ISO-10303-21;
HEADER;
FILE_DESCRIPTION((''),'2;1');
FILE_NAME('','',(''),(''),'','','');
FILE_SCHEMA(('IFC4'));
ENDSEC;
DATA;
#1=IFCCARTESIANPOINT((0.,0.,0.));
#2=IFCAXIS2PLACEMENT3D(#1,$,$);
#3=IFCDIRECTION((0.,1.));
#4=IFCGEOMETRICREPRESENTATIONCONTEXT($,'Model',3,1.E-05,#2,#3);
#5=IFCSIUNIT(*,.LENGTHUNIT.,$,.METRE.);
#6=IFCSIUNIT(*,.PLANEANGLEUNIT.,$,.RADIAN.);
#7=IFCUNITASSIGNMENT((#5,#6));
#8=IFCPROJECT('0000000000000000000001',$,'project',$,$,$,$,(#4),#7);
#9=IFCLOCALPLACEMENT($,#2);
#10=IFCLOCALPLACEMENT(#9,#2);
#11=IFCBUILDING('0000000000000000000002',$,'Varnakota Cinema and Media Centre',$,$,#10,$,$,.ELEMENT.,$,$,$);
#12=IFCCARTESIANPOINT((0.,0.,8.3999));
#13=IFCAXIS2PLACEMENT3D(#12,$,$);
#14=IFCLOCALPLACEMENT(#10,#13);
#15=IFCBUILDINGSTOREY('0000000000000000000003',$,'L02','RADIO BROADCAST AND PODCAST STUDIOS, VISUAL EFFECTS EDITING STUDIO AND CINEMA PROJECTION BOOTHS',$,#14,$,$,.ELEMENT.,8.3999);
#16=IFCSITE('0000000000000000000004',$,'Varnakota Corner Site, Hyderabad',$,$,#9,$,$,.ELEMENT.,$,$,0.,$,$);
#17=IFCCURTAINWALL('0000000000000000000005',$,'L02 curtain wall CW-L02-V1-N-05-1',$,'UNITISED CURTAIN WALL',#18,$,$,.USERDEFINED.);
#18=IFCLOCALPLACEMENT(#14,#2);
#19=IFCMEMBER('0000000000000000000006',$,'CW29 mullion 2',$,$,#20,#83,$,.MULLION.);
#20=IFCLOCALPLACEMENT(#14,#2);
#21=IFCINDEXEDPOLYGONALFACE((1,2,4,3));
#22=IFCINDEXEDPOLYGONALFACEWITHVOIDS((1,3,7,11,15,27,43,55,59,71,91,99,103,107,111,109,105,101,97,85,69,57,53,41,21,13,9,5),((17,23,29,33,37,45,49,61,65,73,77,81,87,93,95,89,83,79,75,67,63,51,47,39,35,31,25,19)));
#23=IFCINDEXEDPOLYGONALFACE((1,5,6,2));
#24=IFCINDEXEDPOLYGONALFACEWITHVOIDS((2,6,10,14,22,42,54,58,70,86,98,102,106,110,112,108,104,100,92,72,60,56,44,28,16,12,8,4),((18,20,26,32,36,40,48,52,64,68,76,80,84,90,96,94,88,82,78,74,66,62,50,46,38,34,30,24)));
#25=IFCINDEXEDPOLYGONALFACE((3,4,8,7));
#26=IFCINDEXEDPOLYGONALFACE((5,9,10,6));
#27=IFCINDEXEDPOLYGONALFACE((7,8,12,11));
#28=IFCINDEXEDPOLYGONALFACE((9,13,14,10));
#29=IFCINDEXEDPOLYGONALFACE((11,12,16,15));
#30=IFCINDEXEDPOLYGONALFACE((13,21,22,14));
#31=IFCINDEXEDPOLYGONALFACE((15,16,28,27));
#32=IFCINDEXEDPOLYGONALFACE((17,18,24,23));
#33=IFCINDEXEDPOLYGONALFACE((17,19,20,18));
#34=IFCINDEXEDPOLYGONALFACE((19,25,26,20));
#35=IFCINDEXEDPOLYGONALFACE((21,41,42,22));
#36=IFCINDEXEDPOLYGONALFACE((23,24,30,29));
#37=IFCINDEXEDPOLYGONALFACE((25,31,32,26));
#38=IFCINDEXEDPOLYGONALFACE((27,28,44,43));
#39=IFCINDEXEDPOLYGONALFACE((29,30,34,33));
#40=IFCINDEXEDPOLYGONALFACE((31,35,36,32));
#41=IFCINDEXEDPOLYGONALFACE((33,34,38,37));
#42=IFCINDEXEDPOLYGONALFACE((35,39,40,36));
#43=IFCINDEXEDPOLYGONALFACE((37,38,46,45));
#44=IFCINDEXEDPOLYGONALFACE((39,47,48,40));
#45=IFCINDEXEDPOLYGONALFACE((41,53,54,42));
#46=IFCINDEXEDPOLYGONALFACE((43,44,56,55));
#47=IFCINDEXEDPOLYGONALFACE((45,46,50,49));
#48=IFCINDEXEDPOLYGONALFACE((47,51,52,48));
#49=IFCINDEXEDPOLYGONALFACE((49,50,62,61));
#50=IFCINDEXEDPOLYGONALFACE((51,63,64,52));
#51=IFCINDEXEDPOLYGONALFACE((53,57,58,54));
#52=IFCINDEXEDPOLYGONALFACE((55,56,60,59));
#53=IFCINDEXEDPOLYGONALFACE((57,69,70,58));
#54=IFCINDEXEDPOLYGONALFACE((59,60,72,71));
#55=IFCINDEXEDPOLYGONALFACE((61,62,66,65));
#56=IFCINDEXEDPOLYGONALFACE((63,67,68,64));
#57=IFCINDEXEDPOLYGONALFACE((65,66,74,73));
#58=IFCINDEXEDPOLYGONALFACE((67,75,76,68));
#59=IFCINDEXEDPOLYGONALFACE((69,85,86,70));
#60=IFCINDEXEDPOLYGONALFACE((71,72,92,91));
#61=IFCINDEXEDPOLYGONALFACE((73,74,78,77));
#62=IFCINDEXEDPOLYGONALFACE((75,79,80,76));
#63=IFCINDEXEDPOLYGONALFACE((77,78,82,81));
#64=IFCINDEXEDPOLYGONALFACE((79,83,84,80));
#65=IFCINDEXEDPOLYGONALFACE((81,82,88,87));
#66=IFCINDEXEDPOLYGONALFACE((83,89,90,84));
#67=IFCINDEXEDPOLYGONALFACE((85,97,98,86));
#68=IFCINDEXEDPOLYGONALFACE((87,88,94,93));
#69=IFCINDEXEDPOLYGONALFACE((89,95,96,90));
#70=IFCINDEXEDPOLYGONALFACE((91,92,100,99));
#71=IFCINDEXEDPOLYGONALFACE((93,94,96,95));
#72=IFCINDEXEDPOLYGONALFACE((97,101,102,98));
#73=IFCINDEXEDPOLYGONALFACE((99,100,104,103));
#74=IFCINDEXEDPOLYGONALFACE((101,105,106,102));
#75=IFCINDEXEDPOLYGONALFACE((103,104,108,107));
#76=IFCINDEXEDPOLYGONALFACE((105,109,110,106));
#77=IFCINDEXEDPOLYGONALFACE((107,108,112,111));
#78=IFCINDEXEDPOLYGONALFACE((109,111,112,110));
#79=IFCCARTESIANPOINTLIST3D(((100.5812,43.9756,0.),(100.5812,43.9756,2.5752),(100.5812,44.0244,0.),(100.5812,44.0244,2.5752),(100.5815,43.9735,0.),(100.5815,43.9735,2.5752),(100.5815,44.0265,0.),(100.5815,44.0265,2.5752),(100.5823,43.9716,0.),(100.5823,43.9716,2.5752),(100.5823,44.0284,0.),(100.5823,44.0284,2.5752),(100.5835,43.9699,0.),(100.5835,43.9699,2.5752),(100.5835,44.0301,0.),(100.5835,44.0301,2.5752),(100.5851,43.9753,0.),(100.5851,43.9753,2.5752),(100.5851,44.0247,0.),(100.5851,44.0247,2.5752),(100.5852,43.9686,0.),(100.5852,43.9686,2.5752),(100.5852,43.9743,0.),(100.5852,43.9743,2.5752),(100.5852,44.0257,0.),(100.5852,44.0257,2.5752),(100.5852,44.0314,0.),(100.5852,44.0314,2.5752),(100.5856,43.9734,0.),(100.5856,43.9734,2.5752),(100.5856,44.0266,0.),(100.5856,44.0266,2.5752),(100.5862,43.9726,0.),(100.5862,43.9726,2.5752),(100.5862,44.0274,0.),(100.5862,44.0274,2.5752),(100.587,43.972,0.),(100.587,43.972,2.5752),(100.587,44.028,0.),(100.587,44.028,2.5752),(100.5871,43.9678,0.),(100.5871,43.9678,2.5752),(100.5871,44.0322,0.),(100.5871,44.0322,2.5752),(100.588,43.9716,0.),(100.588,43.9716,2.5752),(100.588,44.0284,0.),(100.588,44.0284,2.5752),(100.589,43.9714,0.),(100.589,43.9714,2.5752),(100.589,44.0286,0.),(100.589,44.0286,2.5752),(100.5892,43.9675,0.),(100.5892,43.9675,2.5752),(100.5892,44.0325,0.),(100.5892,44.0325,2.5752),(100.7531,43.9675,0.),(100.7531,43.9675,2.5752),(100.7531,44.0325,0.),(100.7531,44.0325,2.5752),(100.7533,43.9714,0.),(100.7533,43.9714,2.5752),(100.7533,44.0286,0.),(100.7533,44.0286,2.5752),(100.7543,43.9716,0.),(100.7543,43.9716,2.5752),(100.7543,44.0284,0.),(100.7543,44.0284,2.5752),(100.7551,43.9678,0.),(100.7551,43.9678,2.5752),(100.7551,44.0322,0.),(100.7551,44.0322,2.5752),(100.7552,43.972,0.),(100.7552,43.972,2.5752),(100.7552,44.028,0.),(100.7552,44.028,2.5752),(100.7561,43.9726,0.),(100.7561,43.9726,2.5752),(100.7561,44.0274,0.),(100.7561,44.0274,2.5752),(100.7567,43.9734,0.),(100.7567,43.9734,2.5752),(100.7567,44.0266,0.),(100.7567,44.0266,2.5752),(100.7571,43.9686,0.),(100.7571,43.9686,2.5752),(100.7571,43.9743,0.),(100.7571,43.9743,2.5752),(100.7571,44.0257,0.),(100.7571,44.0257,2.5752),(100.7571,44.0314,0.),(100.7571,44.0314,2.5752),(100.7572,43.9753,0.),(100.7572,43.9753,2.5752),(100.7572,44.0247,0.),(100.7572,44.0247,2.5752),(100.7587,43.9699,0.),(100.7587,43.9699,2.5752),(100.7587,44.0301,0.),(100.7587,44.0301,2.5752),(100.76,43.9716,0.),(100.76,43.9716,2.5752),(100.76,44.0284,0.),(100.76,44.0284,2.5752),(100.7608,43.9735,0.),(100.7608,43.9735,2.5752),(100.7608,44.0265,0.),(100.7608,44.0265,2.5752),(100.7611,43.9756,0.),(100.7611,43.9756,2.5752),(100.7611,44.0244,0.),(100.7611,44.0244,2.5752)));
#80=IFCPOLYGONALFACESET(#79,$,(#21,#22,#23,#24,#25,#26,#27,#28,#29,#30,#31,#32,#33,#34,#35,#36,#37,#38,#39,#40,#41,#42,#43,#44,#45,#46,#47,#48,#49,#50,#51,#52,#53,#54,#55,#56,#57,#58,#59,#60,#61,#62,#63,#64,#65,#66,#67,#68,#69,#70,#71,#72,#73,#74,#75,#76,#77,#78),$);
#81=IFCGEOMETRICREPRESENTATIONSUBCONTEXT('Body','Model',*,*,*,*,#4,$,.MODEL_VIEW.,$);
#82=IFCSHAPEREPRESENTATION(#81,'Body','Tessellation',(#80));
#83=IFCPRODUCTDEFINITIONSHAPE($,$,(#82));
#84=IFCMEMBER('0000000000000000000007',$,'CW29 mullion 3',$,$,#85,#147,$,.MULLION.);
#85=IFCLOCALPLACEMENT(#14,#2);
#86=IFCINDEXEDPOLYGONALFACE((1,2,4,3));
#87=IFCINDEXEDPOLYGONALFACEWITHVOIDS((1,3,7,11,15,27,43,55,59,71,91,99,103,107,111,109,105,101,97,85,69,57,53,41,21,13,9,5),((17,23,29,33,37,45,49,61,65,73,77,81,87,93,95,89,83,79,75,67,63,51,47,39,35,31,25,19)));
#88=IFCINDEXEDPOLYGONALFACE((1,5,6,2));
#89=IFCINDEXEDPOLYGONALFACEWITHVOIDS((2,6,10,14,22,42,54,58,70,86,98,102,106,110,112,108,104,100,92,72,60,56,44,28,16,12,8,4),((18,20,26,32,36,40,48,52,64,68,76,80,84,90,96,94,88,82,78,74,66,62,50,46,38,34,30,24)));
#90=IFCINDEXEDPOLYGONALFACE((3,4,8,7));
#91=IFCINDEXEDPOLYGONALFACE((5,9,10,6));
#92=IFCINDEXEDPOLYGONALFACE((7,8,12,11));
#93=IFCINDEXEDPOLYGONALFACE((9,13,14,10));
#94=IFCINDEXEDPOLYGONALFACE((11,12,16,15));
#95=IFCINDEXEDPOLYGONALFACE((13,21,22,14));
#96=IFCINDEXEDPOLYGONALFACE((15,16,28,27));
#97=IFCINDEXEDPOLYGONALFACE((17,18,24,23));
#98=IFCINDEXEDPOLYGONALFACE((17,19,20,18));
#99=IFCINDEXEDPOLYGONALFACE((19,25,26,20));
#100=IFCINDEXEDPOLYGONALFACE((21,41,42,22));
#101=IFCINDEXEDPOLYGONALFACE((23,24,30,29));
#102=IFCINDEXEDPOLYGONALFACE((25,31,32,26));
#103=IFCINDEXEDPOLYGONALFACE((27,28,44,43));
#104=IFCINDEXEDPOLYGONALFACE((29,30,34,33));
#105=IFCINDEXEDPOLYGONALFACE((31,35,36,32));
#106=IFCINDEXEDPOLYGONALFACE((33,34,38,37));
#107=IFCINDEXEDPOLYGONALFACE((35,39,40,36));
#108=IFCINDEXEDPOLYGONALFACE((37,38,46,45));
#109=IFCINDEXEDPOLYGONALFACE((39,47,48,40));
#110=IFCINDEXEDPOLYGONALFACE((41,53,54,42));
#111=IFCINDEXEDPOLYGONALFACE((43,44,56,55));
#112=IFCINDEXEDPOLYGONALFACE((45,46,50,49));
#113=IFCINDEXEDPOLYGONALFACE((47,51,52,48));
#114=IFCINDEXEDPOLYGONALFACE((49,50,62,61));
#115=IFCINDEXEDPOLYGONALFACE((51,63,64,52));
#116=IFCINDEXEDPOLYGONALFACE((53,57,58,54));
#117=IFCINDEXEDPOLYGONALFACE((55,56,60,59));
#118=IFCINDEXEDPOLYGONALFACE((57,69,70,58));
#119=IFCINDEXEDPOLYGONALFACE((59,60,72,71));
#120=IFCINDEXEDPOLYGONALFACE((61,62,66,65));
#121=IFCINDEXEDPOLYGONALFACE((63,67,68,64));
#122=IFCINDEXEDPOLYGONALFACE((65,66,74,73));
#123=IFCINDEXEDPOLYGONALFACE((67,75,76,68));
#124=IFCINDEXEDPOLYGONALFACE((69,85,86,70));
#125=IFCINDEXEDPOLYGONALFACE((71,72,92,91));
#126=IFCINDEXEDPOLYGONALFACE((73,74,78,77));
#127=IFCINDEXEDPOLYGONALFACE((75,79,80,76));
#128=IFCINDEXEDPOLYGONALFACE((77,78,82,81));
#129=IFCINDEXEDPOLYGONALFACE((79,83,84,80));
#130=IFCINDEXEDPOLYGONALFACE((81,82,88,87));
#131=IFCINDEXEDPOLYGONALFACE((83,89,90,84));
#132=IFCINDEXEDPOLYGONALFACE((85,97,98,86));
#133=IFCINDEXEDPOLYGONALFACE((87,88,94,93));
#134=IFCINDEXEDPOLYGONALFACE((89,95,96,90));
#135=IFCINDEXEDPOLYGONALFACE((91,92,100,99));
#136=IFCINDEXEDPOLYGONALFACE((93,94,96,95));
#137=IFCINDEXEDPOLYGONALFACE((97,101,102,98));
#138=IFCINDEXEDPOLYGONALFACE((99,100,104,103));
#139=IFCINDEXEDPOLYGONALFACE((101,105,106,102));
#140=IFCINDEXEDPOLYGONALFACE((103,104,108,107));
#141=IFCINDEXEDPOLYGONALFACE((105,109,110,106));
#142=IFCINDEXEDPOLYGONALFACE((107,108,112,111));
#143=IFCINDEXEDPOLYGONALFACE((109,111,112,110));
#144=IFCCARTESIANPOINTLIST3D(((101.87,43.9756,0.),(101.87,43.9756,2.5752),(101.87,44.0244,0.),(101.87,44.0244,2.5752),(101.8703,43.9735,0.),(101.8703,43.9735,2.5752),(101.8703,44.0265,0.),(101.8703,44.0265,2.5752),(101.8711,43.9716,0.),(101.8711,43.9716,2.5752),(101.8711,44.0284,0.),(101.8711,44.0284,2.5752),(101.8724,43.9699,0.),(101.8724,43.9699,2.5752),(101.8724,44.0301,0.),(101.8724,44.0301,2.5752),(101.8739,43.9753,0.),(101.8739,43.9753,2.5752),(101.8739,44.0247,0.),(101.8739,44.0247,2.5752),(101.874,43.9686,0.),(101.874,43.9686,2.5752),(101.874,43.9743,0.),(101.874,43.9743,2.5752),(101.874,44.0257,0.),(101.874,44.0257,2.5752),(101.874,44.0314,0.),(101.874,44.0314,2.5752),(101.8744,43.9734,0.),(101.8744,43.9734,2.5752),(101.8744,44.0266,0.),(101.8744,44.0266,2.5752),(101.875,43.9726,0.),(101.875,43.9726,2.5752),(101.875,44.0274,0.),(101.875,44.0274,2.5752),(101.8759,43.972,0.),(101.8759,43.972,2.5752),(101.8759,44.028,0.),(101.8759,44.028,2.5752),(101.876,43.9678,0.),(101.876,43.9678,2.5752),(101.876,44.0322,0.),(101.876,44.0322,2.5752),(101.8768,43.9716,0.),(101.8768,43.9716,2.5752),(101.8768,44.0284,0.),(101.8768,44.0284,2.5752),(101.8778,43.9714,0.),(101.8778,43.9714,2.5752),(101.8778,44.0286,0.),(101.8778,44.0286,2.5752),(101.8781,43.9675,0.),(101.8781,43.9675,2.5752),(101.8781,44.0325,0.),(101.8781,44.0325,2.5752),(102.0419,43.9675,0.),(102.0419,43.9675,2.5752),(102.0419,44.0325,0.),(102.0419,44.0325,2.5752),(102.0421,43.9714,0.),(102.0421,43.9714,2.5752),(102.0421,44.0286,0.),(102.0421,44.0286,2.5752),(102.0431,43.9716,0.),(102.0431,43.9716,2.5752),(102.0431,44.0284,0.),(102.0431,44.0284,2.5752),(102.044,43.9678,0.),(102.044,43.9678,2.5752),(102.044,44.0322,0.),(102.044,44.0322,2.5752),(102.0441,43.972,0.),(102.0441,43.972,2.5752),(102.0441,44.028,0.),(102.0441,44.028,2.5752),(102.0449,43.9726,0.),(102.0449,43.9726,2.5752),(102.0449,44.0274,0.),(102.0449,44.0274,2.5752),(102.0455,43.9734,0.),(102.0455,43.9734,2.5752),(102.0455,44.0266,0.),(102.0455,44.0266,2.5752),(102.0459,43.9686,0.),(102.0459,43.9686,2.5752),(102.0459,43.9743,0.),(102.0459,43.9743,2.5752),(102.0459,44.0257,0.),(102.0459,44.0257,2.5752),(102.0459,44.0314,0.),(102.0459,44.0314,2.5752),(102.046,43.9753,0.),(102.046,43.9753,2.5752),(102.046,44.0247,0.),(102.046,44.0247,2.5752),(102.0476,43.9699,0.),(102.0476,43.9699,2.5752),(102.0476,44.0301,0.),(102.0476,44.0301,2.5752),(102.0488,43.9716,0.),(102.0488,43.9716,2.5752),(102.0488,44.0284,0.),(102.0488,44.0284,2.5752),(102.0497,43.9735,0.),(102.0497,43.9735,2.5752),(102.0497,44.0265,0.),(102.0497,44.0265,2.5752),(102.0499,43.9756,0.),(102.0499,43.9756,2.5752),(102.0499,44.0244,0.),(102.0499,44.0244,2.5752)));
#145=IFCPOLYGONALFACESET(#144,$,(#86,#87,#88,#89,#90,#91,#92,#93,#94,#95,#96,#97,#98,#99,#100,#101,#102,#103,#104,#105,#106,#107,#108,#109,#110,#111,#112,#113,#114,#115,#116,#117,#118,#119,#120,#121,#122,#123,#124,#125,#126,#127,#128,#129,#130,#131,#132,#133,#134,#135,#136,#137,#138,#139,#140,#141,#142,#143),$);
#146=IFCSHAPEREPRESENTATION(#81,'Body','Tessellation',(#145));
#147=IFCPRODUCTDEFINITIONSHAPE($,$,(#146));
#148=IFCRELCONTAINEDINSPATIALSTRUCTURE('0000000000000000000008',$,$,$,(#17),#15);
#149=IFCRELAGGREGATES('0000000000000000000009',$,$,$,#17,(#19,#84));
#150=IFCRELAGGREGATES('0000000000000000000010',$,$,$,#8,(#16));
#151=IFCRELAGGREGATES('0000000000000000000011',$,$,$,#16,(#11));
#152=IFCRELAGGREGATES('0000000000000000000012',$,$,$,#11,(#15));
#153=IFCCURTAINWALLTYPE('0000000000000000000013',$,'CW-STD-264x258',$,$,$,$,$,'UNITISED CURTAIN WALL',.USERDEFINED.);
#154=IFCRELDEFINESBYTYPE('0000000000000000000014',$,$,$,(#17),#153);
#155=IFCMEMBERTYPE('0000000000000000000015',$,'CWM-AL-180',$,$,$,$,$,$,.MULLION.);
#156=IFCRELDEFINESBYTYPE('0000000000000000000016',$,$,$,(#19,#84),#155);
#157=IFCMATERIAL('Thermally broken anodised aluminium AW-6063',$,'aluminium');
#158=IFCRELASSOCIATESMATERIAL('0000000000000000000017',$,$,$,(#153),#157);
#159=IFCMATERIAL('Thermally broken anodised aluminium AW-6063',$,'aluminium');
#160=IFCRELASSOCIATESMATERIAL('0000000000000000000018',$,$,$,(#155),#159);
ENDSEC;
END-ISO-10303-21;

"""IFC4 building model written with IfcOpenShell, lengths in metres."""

from ifc_helpers import new_model, si_unit, direction, frame, origin, origin_2d, place, context, subcontext, project, spatial, hollow_rectangle, extrude, material, material_profile, profile_set, type_object, element, aggregate, save


model = new_model("IFC4")

# Units and contexts
model_context = context("Model", 3, precision=1e-05, world=origin(), true_north=direction((0.0, 1.0)))
body_context = subcontext(model_context, "Body", "Model", "MODEL_VIEW")
ifc_project = project(units=[si_unit("LENGTHUNIT", "METRE"), si_unit("PLANEANGLEUNIT", "RADIAN")], contexts=[model_context])

# Site, building, storey
site_placement = place(None, origin())
site = spatial("IfcSite", under=ifc_project, at=site_placement, Name="Varnakota Corner Site, Hyderabad", CompositionType="ELEMENT", RefElevation=0.0)
building_placement = place(site_placement, origin())
building = spatial("IfcBuilding", under=site, at=building_placement, Name="Varnakota Cinema and Media Centre", CompositionType="ELEMENT")
storey_placement = place(building_placement, frame((0.0, 0.0, 8.3999)))
storey = spatial("IfcBuildingStorey", under=building, at=storey_placement, Name="L02", Description="RADIO BROADCAST AND PODCAST STUDIOS, VISUAL EFFECTS EDITING STUDIO AND CINEMA PROJECTION BOOTHS", CompositionType="ELEMENT", Elevation=8.3999)

# Shared definitions
ifc_material_1 = material(Name="Thermally broken anodised aluminium AW-6063", Category="aluminium")
curtain_wall_type = type_object("IfcCurtainWallType", Name="CW-STD-264x258", ElementType="UNITISED CURTAIN WALL", PredefinedType="USERDEFINED", material=ifc_material_1)
ifc_material_2 = material(Name="Thermally broken anodised aluminium AW-6063", Category="aluminium")
ifc_material_profile_1 = material_profile(ifc_material_2, hollow_rectangle(XDim=0.0649, YDim=0.1799, WallThickness=0.0039, InnerFilletRadius=0.0039, OuterFilletRadius=0.0081, at=origin_2d()), Name="AL-MULLION 180x65x4")
ifc_profile_set_1 = profile_set([ifc_material_profile_1], Name="Thermally broken anodised aluminium AW-6063")
member_type_1 = type_object("IfcMemberType", Name="CWM-AL-180", PredefinedType="MULLION", material=ifc_profile_set_1)

# Curtain wall, members
curtain_wall_1_placement = place(storey_placement, origin())
curtain_wall_1 = element("IfcCurtainWall", 1, at=curtain_wall_1_placement, inside=storey, type_object=curtain_wall_type, Name="L02 curtain wall CW-L02-V1-N-05-1", ObjectType="UNITISED CURTAIN WALL", PredefinedType="USERDEFINED")
member_1_placement = place(storey_placement, frame((100.6711, 44.0, 0.0), z_axis=(0.0, 0.0, 1.0), x_axis=(0.0, 1.0, 0.0)))
member_1 = element("IfcMember", 2, at=member_1_placement, type_object=member_type_1, Name="CW29 mullion 2", PredefinedType="MULLION", context=body_context, shape_type="SweptSolid", body=[
    extrude(hollow_rectangle(XDim=0.0649, YDim=0.1799, WallThickness=0.0039, InnerFilletRadius=0.0039, OuterFilletRadius=0.0081, at=origin_2d()), origin(), (0.0, 0.0, 1.0), 2.5752),
])
member_2_placement = place(storey_placement, frame((101.96, 44.0, 0.0), z_axis=(0.0, 0.0, 1.0), x_axis=(0.0, 1.0, 0.0)))
member_2 = element("IfcMember", 3, at=member_2_placement, type_object=member_type_1, Name="CW29 mullion 3", PredefinedType="MULLION", context=body_context, shape_type="SweptSolid", body=[
    extrude(hollow_rectangle(XDim=0.0649, YDim=0.1799, WallThickness=0.0039, InnerFilletRadius=0.0039, OuterFilletRadius=0.0081, at=origin_2d()), origin(), (0.0, 0.0, 1.0), 2.5752),
])

aggregate(curtain_wall_1, [member_1, member_2])

save(model, "model.ifc")
